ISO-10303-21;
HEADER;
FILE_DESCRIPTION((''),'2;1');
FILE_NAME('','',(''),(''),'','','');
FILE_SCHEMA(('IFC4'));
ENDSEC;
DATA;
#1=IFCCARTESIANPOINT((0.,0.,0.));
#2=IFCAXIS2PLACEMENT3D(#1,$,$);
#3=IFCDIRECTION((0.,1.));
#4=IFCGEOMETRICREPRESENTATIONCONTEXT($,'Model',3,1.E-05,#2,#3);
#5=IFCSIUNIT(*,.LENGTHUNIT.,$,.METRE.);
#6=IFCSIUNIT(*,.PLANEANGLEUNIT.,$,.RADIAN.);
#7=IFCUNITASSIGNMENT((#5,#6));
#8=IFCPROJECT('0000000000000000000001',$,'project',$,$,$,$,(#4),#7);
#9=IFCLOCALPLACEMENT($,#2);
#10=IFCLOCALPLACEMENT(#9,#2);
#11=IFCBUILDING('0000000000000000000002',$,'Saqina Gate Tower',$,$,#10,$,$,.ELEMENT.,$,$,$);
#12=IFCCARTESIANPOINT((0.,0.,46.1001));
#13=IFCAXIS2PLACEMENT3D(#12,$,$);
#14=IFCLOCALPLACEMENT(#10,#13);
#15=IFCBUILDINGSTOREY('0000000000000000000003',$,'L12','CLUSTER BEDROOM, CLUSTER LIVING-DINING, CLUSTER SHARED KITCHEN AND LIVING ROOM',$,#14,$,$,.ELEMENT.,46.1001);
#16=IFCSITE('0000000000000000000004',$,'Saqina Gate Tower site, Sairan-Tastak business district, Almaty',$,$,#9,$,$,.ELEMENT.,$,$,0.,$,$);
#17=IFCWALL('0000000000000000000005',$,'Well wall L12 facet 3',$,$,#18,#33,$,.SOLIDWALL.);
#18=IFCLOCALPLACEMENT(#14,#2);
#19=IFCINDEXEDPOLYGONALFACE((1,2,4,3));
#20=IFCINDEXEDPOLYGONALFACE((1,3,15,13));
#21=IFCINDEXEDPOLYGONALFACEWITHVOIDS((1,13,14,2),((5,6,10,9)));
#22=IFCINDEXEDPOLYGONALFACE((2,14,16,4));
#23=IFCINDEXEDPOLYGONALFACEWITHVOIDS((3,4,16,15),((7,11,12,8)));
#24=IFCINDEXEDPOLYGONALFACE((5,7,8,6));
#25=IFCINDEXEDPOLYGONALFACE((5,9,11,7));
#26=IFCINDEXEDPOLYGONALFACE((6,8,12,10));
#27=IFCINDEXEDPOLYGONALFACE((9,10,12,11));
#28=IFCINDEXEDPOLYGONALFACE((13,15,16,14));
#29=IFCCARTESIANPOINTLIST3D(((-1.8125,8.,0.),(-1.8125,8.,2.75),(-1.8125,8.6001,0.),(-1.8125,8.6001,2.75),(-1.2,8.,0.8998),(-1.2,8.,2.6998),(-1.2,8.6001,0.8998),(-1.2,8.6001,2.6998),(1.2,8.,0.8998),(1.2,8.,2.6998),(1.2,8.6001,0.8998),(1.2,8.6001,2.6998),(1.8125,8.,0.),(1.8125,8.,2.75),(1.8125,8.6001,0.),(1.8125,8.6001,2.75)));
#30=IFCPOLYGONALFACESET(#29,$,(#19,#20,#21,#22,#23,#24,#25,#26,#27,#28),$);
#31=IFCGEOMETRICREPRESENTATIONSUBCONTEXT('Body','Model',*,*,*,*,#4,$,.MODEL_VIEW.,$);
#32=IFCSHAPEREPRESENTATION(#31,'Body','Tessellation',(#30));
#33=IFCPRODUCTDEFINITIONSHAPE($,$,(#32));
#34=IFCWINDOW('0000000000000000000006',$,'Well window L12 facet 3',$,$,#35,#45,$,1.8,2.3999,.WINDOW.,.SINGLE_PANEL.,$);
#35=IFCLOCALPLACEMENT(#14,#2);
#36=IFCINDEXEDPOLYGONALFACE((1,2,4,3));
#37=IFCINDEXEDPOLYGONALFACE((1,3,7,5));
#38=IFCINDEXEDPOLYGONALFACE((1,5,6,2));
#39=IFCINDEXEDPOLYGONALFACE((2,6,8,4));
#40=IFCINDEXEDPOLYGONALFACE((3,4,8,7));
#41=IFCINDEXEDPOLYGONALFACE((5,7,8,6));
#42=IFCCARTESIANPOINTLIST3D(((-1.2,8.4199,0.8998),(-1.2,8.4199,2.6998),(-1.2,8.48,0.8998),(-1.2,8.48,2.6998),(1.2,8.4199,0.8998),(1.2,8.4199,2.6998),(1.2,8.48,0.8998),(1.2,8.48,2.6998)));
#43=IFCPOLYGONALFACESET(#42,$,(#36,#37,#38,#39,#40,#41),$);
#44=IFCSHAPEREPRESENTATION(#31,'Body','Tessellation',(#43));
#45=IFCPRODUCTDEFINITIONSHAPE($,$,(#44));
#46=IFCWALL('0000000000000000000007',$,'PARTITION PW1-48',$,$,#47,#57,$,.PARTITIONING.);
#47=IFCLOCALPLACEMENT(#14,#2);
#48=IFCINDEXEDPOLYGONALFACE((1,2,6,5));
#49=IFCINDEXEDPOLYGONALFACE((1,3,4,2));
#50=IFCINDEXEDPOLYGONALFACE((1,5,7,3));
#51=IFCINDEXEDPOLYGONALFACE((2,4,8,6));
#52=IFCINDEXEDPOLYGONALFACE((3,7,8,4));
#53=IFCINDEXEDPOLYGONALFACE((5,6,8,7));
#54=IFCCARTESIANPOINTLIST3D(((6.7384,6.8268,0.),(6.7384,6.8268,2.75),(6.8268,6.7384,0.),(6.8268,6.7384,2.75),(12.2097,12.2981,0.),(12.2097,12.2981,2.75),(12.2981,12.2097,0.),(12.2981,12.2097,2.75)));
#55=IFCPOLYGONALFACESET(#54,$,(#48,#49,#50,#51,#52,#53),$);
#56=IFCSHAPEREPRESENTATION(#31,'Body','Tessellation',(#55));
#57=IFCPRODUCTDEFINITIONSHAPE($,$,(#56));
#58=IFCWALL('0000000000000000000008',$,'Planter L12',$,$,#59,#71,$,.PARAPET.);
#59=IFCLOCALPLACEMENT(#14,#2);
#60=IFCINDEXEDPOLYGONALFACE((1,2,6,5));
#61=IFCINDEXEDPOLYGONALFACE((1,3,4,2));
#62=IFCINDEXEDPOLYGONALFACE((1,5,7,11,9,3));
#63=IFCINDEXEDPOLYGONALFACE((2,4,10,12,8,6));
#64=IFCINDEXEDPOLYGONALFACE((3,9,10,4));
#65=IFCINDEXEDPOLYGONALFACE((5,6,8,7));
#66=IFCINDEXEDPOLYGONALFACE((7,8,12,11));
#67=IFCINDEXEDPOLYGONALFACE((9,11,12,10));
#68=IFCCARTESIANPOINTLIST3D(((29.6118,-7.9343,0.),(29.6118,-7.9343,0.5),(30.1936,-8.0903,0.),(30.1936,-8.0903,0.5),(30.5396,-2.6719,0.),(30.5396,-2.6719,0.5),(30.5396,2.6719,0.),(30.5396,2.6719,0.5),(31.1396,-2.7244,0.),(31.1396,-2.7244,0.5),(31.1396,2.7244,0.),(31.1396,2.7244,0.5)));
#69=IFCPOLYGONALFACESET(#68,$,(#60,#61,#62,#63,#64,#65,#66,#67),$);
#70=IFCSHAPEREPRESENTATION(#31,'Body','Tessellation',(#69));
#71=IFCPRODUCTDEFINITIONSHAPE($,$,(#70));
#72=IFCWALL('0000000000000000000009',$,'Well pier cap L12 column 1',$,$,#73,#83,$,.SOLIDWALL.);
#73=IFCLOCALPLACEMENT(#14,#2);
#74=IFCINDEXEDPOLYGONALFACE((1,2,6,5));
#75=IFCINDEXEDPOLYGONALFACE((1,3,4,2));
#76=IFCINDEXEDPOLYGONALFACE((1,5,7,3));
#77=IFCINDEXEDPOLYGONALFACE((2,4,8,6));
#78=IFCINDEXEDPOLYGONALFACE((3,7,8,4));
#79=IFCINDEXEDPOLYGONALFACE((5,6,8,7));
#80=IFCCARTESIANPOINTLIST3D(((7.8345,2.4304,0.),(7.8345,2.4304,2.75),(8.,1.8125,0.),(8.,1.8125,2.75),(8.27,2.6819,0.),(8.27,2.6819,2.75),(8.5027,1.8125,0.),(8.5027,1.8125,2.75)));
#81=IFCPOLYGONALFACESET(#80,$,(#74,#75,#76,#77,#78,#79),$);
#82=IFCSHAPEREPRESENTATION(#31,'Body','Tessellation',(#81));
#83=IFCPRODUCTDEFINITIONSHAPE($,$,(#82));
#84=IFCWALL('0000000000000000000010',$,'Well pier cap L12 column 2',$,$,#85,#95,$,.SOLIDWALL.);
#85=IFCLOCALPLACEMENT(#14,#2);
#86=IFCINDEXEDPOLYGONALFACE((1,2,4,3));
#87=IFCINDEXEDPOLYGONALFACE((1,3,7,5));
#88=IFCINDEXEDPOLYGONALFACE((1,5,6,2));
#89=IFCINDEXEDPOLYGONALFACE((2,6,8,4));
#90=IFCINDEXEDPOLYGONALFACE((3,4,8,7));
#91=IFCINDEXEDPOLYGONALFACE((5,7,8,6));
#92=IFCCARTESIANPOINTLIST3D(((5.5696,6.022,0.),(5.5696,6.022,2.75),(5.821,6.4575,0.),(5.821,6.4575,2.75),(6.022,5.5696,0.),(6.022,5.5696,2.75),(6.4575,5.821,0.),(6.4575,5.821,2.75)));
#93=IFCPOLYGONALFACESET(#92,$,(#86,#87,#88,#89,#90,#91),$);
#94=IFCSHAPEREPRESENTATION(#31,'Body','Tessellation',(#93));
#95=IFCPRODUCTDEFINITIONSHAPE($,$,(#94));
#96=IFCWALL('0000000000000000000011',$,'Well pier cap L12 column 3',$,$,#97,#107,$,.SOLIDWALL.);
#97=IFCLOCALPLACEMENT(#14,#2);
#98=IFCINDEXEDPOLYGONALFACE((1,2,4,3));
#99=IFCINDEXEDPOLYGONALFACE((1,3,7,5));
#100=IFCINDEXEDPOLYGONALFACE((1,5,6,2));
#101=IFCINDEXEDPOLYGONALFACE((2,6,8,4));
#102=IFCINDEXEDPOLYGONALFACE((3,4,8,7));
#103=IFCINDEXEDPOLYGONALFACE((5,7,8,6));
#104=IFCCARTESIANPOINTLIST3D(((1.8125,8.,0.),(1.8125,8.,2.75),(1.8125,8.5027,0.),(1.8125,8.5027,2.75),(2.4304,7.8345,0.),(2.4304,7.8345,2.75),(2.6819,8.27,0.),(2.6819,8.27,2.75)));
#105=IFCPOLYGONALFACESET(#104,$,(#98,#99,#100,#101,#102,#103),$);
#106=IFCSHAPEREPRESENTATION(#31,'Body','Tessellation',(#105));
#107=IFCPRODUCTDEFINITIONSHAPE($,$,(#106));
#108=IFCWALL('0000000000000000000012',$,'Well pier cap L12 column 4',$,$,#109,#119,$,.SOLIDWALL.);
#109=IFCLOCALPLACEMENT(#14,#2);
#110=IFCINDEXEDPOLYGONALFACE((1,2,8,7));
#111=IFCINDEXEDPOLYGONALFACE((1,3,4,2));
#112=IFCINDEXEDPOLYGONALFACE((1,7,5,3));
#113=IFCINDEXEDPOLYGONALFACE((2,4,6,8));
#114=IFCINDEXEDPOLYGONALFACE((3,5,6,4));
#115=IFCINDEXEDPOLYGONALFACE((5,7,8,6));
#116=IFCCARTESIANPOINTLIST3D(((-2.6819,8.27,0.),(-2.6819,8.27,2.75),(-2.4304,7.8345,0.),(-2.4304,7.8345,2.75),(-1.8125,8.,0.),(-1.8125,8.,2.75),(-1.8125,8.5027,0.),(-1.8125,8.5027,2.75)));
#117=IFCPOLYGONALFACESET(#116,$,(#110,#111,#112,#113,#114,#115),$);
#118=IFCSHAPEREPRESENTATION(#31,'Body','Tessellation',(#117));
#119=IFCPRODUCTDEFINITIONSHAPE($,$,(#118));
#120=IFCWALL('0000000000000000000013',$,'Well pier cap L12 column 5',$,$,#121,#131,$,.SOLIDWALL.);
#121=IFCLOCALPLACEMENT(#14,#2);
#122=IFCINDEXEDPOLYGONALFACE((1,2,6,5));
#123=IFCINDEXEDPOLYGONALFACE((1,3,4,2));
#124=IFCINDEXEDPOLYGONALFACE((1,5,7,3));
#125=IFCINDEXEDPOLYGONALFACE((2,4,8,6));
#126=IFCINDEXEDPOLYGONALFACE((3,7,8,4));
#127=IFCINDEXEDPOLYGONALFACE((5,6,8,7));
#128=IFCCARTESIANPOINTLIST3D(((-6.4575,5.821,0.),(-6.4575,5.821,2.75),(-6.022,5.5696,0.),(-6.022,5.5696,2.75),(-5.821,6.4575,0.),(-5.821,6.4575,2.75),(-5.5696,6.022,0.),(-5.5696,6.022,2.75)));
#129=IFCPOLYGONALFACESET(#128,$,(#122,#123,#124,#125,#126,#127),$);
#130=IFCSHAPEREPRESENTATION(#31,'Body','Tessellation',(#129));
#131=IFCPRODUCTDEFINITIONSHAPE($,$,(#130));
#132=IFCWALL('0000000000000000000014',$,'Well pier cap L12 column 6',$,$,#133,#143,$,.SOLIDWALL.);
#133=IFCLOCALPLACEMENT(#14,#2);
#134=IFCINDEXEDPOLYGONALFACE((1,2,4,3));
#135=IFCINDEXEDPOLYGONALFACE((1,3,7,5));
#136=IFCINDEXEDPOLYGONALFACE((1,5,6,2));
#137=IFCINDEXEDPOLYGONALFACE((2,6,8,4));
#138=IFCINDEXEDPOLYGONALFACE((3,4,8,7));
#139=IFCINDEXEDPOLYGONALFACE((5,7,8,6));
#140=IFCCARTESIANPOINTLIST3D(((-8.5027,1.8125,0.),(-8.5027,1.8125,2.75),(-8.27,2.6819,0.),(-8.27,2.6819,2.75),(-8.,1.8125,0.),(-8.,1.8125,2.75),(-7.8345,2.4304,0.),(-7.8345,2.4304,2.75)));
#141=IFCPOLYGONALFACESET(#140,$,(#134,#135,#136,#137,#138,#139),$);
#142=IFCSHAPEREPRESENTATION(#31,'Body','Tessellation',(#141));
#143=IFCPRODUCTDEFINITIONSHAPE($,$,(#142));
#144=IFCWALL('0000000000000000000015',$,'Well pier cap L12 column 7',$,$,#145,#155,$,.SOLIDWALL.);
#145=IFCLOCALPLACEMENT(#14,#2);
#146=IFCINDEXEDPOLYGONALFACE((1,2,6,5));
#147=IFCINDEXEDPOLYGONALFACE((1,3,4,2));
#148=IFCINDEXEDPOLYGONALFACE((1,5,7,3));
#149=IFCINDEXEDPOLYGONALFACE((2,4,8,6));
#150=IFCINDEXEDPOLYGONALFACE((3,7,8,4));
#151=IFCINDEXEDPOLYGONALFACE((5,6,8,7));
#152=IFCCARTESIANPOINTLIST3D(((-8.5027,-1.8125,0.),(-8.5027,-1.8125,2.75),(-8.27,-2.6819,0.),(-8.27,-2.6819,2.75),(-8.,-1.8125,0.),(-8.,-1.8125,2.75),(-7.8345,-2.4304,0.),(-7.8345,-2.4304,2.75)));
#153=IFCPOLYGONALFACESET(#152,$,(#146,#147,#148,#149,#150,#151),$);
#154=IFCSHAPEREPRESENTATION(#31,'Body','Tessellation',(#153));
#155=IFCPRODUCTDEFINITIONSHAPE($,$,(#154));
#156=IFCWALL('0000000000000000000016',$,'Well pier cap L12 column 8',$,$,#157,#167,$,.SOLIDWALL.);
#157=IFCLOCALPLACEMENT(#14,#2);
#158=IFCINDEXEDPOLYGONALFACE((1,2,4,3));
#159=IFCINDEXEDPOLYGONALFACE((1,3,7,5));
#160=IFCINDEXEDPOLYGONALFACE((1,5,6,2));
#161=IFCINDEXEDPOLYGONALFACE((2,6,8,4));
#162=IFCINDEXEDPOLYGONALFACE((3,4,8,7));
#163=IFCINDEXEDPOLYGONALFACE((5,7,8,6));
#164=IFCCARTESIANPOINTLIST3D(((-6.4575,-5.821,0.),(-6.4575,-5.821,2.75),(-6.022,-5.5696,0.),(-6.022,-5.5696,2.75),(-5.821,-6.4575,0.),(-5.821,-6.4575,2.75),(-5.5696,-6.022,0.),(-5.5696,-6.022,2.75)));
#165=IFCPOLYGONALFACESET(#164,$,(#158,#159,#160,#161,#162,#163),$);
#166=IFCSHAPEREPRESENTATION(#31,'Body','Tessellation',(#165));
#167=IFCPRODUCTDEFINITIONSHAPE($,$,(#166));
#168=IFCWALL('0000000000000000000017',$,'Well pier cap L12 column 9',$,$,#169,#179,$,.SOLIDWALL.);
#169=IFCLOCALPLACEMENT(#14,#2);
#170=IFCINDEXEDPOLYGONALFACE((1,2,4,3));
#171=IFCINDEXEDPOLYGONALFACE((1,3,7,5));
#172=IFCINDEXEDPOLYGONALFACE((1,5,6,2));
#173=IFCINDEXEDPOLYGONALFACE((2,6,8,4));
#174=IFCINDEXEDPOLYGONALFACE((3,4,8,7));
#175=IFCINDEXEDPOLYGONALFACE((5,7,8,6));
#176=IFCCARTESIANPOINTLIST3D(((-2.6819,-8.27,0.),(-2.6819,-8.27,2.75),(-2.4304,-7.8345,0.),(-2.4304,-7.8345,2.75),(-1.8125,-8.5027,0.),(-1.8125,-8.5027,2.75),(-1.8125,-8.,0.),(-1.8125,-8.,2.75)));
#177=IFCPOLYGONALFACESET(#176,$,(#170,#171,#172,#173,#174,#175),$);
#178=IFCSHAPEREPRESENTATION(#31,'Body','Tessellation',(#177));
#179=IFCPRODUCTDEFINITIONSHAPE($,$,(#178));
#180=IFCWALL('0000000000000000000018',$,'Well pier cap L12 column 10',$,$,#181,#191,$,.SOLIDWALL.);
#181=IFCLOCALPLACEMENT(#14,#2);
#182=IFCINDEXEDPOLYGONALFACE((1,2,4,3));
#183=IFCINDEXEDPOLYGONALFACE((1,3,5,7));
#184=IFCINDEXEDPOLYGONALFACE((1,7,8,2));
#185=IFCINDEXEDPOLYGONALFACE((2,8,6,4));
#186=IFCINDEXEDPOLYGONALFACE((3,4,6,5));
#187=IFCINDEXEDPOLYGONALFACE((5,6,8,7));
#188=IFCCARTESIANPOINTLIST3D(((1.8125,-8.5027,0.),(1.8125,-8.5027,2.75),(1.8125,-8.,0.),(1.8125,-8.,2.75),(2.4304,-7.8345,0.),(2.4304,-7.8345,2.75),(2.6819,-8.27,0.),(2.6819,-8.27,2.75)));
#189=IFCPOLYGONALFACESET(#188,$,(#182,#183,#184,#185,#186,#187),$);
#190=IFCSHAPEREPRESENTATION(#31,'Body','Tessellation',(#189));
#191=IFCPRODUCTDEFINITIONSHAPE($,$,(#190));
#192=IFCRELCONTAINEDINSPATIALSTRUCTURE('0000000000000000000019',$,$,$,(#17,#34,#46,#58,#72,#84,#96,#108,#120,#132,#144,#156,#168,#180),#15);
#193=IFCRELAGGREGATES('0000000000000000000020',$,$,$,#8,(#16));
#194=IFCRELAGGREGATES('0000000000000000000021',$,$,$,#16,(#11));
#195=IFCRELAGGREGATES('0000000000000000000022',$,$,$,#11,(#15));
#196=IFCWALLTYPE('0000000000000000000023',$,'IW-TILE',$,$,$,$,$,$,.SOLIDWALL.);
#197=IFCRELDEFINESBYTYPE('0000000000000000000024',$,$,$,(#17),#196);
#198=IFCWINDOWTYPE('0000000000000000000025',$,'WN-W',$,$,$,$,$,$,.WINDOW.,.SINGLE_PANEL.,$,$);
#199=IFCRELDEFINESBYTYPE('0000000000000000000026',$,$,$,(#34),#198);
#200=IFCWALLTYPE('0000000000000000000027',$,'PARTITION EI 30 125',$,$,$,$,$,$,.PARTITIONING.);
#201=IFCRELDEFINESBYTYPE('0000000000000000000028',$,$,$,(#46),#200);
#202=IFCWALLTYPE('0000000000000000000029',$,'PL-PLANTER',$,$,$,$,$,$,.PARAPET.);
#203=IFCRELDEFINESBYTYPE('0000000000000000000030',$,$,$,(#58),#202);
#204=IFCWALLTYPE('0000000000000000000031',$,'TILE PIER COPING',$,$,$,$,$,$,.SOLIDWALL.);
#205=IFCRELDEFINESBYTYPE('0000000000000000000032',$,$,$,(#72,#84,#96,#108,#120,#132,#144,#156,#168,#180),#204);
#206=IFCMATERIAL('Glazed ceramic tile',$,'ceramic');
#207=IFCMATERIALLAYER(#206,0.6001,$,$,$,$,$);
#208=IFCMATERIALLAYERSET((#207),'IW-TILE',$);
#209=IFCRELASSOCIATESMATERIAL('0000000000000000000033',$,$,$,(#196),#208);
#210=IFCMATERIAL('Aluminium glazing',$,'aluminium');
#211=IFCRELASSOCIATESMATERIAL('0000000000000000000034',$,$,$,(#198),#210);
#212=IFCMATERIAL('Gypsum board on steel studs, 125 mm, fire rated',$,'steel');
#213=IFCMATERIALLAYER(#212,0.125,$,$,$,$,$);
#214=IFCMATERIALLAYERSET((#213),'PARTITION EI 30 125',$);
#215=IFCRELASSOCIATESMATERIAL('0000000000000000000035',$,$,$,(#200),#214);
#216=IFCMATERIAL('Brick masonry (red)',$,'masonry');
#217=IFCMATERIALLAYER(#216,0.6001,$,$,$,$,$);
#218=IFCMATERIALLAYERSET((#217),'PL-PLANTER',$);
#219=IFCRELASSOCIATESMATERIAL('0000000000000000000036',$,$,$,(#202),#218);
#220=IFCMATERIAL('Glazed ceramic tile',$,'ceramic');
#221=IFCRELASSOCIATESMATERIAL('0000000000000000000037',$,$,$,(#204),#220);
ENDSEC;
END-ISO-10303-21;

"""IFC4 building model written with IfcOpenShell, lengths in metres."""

from ifc_helpers import new_model, si_unit, direction, frame, frame_2d, origin, place, context, subcontext, project, spatial, polyline, rectangle, outline, extrude, material, layer, layer_set, type_object, element, fill, save


model = new_model("IFC4")

# Units and contexts
model_context = context("Model", 3, precision=1e-05, world=origin(), true_north=direction((0.0, 1.0)))
body_context = subcontext(model_context, "Body", "Model", "MODEL_VIEW")
ifc_project = project(units=[si_unit("LENGTHUNIT", "METRE"), si_unit("PLANEANGLEUNIT", "RADIAN")], contexts=[model_context])

# Site, building, storey
site_placement = place(None, origin())
site = spatial("IfcSite", under=ifc_project, at=site_placement, Name="Saqina Gate Tower site, Sairan-Tastak business district, Almaty", CompositionType="ELEMENT", RefElevation=0.0)
building_placement = place(site_placement, origin())
building = spatial("IfcBuilding", under=site, at=building_placement, Name="Saqina Gate Tower", CompositionType="ELEMENT")
storey_placement = place(building_placement, frame((0.0, 0.0, 46.1001)))
storey = spatial("IfcBuildingStorey", under=building, at=storey_placement, Name="L12", Description="CLUSTER BEDROOM, CLUSTER LIVING-DINING, CLUSTER SHARED KITCHEN AND LIVING ROOM", CompositionType="ELEMENT", Elevation=46.1001)

# Wall, opening, window
ifc_material_1 = material(Name="Glazed ceramic tile", Category="ceramic")
ifc_layer_1 = layer(ifc_material_1, 0.6001)
ifc_layer_set_1 = layer_set([ifc_layer_1], Name="IW-TILE")
wall_type_1 = type_object("IfcWallType", Name="IW-TILE", PredefinedType="SOLIDWALL", material=ifc_layer_set_1)
ifc_material_2 = material(Name="Aluminium glazing", Category="aluminium")
window_type = type_object("IfcWindowType", Name="WN-W", PartitioningType="SINGLE_PANEL", PredefinedType="WINDOW", material=ifc_material_2)
wall_1_placement = place(storey_placement, frame((1.8125, 8.3, 0.0), z_axis=(0.0, 0.0, 1.0), x_axis=(-1.0, 0.0, 0.0)))
wall_1 = element("IfcWall", 1, at=wall_1_placement, inside=storey, type_object=wall_type_1, Name="Well wall L12 facet 3", PredefinedType="SOLIDWALL", context=body_context, shape_type="SweptSolid", body=[
    extrude(rectangle(XDim=3.625, YDim=0.6001, at=frame_2d((1.8125, 0.0))), origin(), (0.0, 0.0, 1.0), 2.75),
])
opening_1_placement = place(wall_1_placement, frame((0.6125, 0.0, 0.8999)))
opening_1 = element("IfcOpeningElement", 2, at=opening_1_placement, cuts=wall_1, PredefinedType="OPENING", context=body_context, shape_type="SweptSolid", body=[
    extrude(rectangle(XDim=2.3999, YDim=1.8, at=frame_2d((1.2, 0.8999))), frame((0.0, 0.312, 0.0), z_axis=(0.0, -1.0, 0.0), x_axis=(1.0, 0.0, 0.0)), (0.0, 0.0, 1.0), 0.624),
])
window_1_placement = place(opening_1_placement, origin())
window_1 = element("IfcWindow", 3, at=window_1_placement, inside=storey, type_object=window_type, Name="Well window L12 facet 3", OverallHeight=1.8, OverallWidth=2.3999, PartitioningType="SINGLE_PANEL", PredefinedType="WINDOW", context=body_context, shape_type="SweptSolid", body=[
    extrude(rectangle(XDim=2.3999, YDim=1.8, at=frame_2d((1.2, 0.8999))), frame((0.0, -0.1199, 0.0), z_axis=(0.0, -1.0, 0.0), x_axis=(1.0, 0.0, 0.0)), (0.0, 0.0, 1.0), 0.0601),
])
fill(opening_1, window_1)

# Walls
ifc_material_3 = material(Name="Gypsum board on steel studs, 125 mm, fire rated", Category="steel")
ifc_layer_2 = layer(ifc_material_3, 0.125)
ifc_layer_set_2 = layer_set([ifc_layer_2], Name="PARTITION EI 30 125")
wall_type_2 = type_object("IfcWallType", Name="PARTITION EI 30 125", PredefinedType="PARTITIONING", material=ifc_layer_set_2)
wall_2_placement = place(storey_placement, frame((6.7827, 6.7827, 0.0), z_axis=(0.0, 0.0, 1.0), x_axis=(0.707107, 0.707107, 0.0)))
element("IfcWall", 4, at=wall_2_placement, inside=storey, type_object=wall_type_2, Name="PARTITION PW1-48", PredefinedType="PARTITIONING", context=body_context, shape_type="SweptSolid", body=[
    extrude(rectangle(XDim=7.7375, YDim=0.125, at=frame_2d((3.8687, 0.0))), origin(), (0.0, 0.0, 1.0), 2.75),
])
ifc_material_4 = material(Name="Brick masonry (red)", Category="masonry")
ifc_layer_3 = layer(ifc_material_4, 0.6001)
ifc_layer_set_3 = layer_set([ifc_layer_3], Name="PL-PLANTER")
wall_type_3 = type_object("IfcWallType", Name="PL-PLANTER", PredefinedType="PARAPET", material=ifc_layer_set_3)
wall_3_placement = place(storey_placement, origin())
element("IfcWall", 5, at=wall_3_placement, inside=storey, type_object=wall_type_3, Name="Planter L12", PredefinedType="PARAPET", context=body_context, shape_type="SweptSolid", body=[
    extrude(outline(polyline([(30.1936, -8.0903), (31.1396, -2.7244), (31.1396, 2.7244), (30.5396, 2.6719), (30.5396, -2.6719), (29.6118, -7.9343), (30.1936, -8.0903)])), origin(), (0.0, 0.0, 1.0), 0.5),
])
ifc_material_5 = material(Name="Glazed ceramic tile", Category="ceramic")
wall_type_4 = type_object("IfcWallType", Name="TILE PIER COPING", PredefinedType="SOLIDWALL", material=ifc_material_5)
wall_4_placement = place(storey_placement, origin())
element("IfcWall", 6, at=wall_4_placement, inside=storey, type_object=wall_type_4, Name="Well pier cap L12 column 1", PredefinedType="SOLIDWALL", context=body_context, shape_type="SweptSolid", body=[
    extrude(outline(polyline([(8.27, 2.6819), (7.8345, 2.4304), (8.0, 1.8125), (8.5027, 1.8125), (8.27, 2.6819)])), origin(), (0.0, 0.0, 1.0), 2.75),
])
wall_5_placement = place(storey_placement, origin())
element("IfcWall", 7, at=wall_5_placement, inside=storey, type_object=wall_type_4, Name="Well pier cap L12 column 2", PredefinedType="SOLIDWALL", context=body_context, shape_type="SweptSolid", body=[
    extrude(outline(polyline([(5.821, 6.4575), (5.5696, 6.022), (6.022, 5.5696), (6.4575, 5.821), (5.821, 6.4575)])), origin(), (0.0, 0.0, 1.0), 2.75),
])
wall_6_placement = place(storey_placement, origin())
element("IfcWall", 8, at=wall_6_placement, inside=storey, type_object=wall_type_4, Name="Well pier cap L12 column 3", PredefinedType="SOLIDWALL", context=body_context, shape_type="SweptSolid", body=[
    extrude(outline(polyline([(1.8125, 8.5027), (1.8125, 8.0), (2.4304, 7.8345), (2.6819, 8.27), (1.8125, 8.5027)])), origin(), (0.0, 0.0, 1.0), 2.75),
])
wall_7_placement = place(storey_placement, origin())
element("IfcWall", 9, at=wall_7_placement, inside=storey, type_object=wall_type_4, Name="Well pier cap L12 column 4", PredefinedType="SOLIDWALL", context=body_context, shape_type="SweptSolid", body=[
    extrude(outline(polyline([(-2.6819, 8.27), (-2.4304, 7.8345), (-1.8125, 8.0), (-1.8125, 8.5027), (-2.6819, 8.27)])), origin(), (0.0, 0.0, 1.0), 2.75),
])
wall_8_placement = place(storey_placement, origin())
element("IfcWall", 10, at=wall_8_placement, inside=storey, type_object=wall_type_4, Name="Well pier cap L12 column 5", PredefinedType="SOLIDWALL", context=body_context, shape_type="SweptSolid", body=[
    extrude(outline(polyline([(-6.4575, 5.821), (-6.022, 5.5696), (-5.5696, 6.022), (-5.821, 6.4575), (-6.4575, 5.821)])), origin(), (0.0, 0.0, 1.0), 2.75),
])
wall_9_placement = place(storey_placement, origin())
element("IfcWall", 11, at=wall_9_placement, inside=storey, type_object=wall_type_4, Name="Well pier cap L12 column 6", PredefinedType="SOLIDWALL", context=body_context, shape_type="SweptSolid", body=[
    extrude(outline(polyline([(-8.5027, 1.8125), (-8.0, 1.8125), (-7.8345, 2.4304), (-8.27, 2.6819), (-8.5027, 1.8125)])), origin(), (0.0, 0.0, 1.0), 2.75),
])
wall_10_placement = place(storey_placement, origin())
element("IfcWall", 12, at=wall_10_placement, inside=storey, type_object=wall_type_4, Name="Well pier cap L12 column 7", PredefinedType="SOLIDWALL", context=body_context, shape_type="SweptSolid", body=[
    extrude(outline(polyline([(-8.27, -2.6819), (-7.8345, -2.4304), (-8.0, -1.8125), (-8.5027, -1.8125), (-8.27, -2.6819)])), origin(), (0.0, 0.0, 1.0), 2.75),
])
wall_11_placement = place(storey_placement, origin())
element("IfcWall", 13, at=wall_11_placement, inside=storey, type_object=wall_type_4, Name="Well pier cap L12 column 8", PredefinedType="SOLIDWALL", context=body_context, shape_type="SweptSolid", body=[
    extrude(outline(polyline([(-6.4575, -5.821), (-5.821, -6.4575), (-5.5696, -6.022), (-6.022, -5.5696), (-6.4575, -5.821)])), origin(), (0.0, 0.0, 1.0), 2.75),
])
wall_12_placement = place(storey_placement, origin())
element("IfcWall", 14, at=wall_12_placement, inside=storey, type_object=wall_type_4, Name="Well pier cap L12 column 9", PredefinedType="SOLIDWALL", context=body_context, shape_type="SweptSolid", body=[
    extrude(outline(polyline([(-1.8125, -8.5027), (-1.8125, -8.0), (-2.4304, -7.8345), (-2.6819, -8.27), (-1.8125, -8.5027)])), origin(), (0.0, 0.0, 1.0), 2.75),
])
wall_13_placement = place(storey_placement, origin())
element("IfcWall", 15, at=wall_13_placement, inside=storey, type_object=wall_type_4, Name="Well pier cap L12 column 10", PredefinedType="SOLIDWALL", context=body_context, shape_type="SweptSolid", body=[
    extrude(outline(polyline([(2.6819, -8.27), (2.4304, -7.8345), (1.8125, -8.0), (1.8125, -8.5027), (2.6819, -8.27)])), origin(), (0.0, 0.0, 1.0), 2.75),
])

save(model, "model.ifc")
